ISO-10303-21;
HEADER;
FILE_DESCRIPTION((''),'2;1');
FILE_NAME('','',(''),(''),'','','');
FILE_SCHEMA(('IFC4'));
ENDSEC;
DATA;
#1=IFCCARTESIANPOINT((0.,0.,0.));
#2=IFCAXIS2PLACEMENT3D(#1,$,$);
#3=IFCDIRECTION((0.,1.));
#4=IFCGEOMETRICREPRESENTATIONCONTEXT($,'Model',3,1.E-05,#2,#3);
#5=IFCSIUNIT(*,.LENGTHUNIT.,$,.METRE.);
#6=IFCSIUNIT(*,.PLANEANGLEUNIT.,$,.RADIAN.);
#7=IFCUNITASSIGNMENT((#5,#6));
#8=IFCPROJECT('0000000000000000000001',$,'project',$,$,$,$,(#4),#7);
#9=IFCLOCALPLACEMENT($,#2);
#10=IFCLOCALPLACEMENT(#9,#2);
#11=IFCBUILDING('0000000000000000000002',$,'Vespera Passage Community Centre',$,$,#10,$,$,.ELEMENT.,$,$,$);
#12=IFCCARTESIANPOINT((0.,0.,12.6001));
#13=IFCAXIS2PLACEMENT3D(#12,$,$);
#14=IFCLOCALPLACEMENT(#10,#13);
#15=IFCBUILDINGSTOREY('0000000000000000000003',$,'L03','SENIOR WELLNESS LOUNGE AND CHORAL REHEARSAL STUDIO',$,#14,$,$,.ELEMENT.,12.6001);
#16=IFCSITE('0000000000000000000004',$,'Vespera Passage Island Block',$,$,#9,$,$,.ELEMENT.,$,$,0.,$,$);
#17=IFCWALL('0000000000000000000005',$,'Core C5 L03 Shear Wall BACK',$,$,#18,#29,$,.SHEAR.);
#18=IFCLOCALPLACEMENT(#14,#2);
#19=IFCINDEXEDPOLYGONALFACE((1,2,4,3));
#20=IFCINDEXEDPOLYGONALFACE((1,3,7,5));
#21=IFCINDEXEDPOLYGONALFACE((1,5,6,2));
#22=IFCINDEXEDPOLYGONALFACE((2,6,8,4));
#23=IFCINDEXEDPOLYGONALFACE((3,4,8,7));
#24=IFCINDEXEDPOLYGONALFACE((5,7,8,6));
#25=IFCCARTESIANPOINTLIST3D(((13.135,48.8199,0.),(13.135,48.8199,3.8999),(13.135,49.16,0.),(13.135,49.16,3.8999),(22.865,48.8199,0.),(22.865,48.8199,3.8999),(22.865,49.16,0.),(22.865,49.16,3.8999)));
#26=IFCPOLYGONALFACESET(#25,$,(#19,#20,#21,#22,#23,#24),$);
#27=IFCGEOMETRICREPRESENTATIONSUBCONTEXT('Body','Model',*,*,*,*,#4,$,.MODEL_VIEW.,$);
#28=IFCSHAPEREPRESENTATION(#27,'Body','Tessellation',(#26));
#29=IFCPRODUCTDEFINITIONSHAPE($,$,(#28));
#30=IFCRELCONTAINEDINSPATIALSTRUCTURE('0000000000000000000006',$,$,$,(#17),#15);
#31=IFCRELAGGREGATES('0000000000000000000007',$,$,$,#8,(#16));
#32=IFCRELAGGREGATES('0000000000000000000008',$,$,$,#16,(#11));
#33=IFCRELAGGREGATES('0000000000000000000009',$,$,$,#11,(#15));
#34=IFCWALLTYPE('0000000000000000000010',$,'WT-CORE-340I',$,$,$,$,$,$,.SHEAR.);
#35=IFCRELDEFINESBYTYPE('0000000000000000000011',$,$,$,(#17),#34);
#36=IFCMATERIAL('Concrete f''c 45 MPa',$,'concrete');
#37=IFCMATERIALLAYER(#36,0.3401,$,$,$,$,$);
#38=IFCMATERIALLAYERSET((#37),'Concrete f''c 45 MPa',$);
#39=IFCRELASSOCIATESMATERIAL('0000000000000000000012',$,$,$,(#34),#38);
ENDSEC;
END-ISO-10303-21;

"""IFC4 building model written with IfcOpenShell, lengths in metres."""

from ifc_helpers import new_model, si_unit, direction, frame, frame_2d, origin, place, context, subcontext, project, spatial, rectangle, extrude, material, layer, layer_set, type_object, element, save


model = new_model("IFC4")

# Units and contexts
model_context = context("Model", 3, precision=1e-05, world=origin(), true_north=direction((0.0, 1.0)))
body_context = subcontext(model_context, "Body", "Model", "MODEL_VIEW")
ifc_project = project(units=[si_unit("LENGTHUNIT", "METRE"), si_unit("PLANEANGLEUNIT", "RADIAN")], contexts=[model_context])

# Site, building, storey
site_placement = place(None, origin())
site = spatial("IfcSite", under=ifc_project, at=site_placement, Name="Vespera Passage Island Block", CompositionType="ELEMENT", RefElevation=0.0)
building_placement = place(site_placement, origin())
building = spatial("IfcBuilding", under=site, at=building_placement, Name="Vespera Passage Community Centre", CompositionType="ELEMENT")
storey_placement = place(building_placement, frame((0.0, 0.0, 12.6001)))
storey = spatial("IfcBuildingStorey", under=building, at=storey_placement, Name="L03", Description="SENIOR WELLNESS LOUNGE AND CHORAL REHEARSAL STUDIO", CompositionType="ELEMENT", Elevation=12.6001)

# Wall
ifc_material_1 = material(Name="Concrete f'c 45 MPa", Category="concrete")
ifc_layer_1 = layer(ifc_material_1, 0.3401)
ifc_layer_set_1 = layer_set([ifc_layer_1], Name="Concrete f'c 45 MPa")
wall_type = type_object("IfcWallType", Name="WT-CORE-340I", PredefinedType="SHEAR", material=ifc_layer_set_1)
wall_1_placement = place(storey_placement, frame((13.135, 48.99, 0.0), z_axis=(0.0, 0.0, 1.0), x_axis=(1.0, 0.0, 0.0)))
element("IfcWall", 1, at=wall_1_placement, inside=storey, type_object=wall_type, Name="Core C5 L03 Shear Wall BACK", PredefinedType="SHEAR", context=body_context, shape_type="SweptSolid", body=[
    extrude(rectangle(XDim=9.73, YDim=0.3401, at=frame_2d((4.865, 0.0))), origin(), (0.0, 0.0, 1.0), 3.8999),
])

save(model, "model.ifc")
